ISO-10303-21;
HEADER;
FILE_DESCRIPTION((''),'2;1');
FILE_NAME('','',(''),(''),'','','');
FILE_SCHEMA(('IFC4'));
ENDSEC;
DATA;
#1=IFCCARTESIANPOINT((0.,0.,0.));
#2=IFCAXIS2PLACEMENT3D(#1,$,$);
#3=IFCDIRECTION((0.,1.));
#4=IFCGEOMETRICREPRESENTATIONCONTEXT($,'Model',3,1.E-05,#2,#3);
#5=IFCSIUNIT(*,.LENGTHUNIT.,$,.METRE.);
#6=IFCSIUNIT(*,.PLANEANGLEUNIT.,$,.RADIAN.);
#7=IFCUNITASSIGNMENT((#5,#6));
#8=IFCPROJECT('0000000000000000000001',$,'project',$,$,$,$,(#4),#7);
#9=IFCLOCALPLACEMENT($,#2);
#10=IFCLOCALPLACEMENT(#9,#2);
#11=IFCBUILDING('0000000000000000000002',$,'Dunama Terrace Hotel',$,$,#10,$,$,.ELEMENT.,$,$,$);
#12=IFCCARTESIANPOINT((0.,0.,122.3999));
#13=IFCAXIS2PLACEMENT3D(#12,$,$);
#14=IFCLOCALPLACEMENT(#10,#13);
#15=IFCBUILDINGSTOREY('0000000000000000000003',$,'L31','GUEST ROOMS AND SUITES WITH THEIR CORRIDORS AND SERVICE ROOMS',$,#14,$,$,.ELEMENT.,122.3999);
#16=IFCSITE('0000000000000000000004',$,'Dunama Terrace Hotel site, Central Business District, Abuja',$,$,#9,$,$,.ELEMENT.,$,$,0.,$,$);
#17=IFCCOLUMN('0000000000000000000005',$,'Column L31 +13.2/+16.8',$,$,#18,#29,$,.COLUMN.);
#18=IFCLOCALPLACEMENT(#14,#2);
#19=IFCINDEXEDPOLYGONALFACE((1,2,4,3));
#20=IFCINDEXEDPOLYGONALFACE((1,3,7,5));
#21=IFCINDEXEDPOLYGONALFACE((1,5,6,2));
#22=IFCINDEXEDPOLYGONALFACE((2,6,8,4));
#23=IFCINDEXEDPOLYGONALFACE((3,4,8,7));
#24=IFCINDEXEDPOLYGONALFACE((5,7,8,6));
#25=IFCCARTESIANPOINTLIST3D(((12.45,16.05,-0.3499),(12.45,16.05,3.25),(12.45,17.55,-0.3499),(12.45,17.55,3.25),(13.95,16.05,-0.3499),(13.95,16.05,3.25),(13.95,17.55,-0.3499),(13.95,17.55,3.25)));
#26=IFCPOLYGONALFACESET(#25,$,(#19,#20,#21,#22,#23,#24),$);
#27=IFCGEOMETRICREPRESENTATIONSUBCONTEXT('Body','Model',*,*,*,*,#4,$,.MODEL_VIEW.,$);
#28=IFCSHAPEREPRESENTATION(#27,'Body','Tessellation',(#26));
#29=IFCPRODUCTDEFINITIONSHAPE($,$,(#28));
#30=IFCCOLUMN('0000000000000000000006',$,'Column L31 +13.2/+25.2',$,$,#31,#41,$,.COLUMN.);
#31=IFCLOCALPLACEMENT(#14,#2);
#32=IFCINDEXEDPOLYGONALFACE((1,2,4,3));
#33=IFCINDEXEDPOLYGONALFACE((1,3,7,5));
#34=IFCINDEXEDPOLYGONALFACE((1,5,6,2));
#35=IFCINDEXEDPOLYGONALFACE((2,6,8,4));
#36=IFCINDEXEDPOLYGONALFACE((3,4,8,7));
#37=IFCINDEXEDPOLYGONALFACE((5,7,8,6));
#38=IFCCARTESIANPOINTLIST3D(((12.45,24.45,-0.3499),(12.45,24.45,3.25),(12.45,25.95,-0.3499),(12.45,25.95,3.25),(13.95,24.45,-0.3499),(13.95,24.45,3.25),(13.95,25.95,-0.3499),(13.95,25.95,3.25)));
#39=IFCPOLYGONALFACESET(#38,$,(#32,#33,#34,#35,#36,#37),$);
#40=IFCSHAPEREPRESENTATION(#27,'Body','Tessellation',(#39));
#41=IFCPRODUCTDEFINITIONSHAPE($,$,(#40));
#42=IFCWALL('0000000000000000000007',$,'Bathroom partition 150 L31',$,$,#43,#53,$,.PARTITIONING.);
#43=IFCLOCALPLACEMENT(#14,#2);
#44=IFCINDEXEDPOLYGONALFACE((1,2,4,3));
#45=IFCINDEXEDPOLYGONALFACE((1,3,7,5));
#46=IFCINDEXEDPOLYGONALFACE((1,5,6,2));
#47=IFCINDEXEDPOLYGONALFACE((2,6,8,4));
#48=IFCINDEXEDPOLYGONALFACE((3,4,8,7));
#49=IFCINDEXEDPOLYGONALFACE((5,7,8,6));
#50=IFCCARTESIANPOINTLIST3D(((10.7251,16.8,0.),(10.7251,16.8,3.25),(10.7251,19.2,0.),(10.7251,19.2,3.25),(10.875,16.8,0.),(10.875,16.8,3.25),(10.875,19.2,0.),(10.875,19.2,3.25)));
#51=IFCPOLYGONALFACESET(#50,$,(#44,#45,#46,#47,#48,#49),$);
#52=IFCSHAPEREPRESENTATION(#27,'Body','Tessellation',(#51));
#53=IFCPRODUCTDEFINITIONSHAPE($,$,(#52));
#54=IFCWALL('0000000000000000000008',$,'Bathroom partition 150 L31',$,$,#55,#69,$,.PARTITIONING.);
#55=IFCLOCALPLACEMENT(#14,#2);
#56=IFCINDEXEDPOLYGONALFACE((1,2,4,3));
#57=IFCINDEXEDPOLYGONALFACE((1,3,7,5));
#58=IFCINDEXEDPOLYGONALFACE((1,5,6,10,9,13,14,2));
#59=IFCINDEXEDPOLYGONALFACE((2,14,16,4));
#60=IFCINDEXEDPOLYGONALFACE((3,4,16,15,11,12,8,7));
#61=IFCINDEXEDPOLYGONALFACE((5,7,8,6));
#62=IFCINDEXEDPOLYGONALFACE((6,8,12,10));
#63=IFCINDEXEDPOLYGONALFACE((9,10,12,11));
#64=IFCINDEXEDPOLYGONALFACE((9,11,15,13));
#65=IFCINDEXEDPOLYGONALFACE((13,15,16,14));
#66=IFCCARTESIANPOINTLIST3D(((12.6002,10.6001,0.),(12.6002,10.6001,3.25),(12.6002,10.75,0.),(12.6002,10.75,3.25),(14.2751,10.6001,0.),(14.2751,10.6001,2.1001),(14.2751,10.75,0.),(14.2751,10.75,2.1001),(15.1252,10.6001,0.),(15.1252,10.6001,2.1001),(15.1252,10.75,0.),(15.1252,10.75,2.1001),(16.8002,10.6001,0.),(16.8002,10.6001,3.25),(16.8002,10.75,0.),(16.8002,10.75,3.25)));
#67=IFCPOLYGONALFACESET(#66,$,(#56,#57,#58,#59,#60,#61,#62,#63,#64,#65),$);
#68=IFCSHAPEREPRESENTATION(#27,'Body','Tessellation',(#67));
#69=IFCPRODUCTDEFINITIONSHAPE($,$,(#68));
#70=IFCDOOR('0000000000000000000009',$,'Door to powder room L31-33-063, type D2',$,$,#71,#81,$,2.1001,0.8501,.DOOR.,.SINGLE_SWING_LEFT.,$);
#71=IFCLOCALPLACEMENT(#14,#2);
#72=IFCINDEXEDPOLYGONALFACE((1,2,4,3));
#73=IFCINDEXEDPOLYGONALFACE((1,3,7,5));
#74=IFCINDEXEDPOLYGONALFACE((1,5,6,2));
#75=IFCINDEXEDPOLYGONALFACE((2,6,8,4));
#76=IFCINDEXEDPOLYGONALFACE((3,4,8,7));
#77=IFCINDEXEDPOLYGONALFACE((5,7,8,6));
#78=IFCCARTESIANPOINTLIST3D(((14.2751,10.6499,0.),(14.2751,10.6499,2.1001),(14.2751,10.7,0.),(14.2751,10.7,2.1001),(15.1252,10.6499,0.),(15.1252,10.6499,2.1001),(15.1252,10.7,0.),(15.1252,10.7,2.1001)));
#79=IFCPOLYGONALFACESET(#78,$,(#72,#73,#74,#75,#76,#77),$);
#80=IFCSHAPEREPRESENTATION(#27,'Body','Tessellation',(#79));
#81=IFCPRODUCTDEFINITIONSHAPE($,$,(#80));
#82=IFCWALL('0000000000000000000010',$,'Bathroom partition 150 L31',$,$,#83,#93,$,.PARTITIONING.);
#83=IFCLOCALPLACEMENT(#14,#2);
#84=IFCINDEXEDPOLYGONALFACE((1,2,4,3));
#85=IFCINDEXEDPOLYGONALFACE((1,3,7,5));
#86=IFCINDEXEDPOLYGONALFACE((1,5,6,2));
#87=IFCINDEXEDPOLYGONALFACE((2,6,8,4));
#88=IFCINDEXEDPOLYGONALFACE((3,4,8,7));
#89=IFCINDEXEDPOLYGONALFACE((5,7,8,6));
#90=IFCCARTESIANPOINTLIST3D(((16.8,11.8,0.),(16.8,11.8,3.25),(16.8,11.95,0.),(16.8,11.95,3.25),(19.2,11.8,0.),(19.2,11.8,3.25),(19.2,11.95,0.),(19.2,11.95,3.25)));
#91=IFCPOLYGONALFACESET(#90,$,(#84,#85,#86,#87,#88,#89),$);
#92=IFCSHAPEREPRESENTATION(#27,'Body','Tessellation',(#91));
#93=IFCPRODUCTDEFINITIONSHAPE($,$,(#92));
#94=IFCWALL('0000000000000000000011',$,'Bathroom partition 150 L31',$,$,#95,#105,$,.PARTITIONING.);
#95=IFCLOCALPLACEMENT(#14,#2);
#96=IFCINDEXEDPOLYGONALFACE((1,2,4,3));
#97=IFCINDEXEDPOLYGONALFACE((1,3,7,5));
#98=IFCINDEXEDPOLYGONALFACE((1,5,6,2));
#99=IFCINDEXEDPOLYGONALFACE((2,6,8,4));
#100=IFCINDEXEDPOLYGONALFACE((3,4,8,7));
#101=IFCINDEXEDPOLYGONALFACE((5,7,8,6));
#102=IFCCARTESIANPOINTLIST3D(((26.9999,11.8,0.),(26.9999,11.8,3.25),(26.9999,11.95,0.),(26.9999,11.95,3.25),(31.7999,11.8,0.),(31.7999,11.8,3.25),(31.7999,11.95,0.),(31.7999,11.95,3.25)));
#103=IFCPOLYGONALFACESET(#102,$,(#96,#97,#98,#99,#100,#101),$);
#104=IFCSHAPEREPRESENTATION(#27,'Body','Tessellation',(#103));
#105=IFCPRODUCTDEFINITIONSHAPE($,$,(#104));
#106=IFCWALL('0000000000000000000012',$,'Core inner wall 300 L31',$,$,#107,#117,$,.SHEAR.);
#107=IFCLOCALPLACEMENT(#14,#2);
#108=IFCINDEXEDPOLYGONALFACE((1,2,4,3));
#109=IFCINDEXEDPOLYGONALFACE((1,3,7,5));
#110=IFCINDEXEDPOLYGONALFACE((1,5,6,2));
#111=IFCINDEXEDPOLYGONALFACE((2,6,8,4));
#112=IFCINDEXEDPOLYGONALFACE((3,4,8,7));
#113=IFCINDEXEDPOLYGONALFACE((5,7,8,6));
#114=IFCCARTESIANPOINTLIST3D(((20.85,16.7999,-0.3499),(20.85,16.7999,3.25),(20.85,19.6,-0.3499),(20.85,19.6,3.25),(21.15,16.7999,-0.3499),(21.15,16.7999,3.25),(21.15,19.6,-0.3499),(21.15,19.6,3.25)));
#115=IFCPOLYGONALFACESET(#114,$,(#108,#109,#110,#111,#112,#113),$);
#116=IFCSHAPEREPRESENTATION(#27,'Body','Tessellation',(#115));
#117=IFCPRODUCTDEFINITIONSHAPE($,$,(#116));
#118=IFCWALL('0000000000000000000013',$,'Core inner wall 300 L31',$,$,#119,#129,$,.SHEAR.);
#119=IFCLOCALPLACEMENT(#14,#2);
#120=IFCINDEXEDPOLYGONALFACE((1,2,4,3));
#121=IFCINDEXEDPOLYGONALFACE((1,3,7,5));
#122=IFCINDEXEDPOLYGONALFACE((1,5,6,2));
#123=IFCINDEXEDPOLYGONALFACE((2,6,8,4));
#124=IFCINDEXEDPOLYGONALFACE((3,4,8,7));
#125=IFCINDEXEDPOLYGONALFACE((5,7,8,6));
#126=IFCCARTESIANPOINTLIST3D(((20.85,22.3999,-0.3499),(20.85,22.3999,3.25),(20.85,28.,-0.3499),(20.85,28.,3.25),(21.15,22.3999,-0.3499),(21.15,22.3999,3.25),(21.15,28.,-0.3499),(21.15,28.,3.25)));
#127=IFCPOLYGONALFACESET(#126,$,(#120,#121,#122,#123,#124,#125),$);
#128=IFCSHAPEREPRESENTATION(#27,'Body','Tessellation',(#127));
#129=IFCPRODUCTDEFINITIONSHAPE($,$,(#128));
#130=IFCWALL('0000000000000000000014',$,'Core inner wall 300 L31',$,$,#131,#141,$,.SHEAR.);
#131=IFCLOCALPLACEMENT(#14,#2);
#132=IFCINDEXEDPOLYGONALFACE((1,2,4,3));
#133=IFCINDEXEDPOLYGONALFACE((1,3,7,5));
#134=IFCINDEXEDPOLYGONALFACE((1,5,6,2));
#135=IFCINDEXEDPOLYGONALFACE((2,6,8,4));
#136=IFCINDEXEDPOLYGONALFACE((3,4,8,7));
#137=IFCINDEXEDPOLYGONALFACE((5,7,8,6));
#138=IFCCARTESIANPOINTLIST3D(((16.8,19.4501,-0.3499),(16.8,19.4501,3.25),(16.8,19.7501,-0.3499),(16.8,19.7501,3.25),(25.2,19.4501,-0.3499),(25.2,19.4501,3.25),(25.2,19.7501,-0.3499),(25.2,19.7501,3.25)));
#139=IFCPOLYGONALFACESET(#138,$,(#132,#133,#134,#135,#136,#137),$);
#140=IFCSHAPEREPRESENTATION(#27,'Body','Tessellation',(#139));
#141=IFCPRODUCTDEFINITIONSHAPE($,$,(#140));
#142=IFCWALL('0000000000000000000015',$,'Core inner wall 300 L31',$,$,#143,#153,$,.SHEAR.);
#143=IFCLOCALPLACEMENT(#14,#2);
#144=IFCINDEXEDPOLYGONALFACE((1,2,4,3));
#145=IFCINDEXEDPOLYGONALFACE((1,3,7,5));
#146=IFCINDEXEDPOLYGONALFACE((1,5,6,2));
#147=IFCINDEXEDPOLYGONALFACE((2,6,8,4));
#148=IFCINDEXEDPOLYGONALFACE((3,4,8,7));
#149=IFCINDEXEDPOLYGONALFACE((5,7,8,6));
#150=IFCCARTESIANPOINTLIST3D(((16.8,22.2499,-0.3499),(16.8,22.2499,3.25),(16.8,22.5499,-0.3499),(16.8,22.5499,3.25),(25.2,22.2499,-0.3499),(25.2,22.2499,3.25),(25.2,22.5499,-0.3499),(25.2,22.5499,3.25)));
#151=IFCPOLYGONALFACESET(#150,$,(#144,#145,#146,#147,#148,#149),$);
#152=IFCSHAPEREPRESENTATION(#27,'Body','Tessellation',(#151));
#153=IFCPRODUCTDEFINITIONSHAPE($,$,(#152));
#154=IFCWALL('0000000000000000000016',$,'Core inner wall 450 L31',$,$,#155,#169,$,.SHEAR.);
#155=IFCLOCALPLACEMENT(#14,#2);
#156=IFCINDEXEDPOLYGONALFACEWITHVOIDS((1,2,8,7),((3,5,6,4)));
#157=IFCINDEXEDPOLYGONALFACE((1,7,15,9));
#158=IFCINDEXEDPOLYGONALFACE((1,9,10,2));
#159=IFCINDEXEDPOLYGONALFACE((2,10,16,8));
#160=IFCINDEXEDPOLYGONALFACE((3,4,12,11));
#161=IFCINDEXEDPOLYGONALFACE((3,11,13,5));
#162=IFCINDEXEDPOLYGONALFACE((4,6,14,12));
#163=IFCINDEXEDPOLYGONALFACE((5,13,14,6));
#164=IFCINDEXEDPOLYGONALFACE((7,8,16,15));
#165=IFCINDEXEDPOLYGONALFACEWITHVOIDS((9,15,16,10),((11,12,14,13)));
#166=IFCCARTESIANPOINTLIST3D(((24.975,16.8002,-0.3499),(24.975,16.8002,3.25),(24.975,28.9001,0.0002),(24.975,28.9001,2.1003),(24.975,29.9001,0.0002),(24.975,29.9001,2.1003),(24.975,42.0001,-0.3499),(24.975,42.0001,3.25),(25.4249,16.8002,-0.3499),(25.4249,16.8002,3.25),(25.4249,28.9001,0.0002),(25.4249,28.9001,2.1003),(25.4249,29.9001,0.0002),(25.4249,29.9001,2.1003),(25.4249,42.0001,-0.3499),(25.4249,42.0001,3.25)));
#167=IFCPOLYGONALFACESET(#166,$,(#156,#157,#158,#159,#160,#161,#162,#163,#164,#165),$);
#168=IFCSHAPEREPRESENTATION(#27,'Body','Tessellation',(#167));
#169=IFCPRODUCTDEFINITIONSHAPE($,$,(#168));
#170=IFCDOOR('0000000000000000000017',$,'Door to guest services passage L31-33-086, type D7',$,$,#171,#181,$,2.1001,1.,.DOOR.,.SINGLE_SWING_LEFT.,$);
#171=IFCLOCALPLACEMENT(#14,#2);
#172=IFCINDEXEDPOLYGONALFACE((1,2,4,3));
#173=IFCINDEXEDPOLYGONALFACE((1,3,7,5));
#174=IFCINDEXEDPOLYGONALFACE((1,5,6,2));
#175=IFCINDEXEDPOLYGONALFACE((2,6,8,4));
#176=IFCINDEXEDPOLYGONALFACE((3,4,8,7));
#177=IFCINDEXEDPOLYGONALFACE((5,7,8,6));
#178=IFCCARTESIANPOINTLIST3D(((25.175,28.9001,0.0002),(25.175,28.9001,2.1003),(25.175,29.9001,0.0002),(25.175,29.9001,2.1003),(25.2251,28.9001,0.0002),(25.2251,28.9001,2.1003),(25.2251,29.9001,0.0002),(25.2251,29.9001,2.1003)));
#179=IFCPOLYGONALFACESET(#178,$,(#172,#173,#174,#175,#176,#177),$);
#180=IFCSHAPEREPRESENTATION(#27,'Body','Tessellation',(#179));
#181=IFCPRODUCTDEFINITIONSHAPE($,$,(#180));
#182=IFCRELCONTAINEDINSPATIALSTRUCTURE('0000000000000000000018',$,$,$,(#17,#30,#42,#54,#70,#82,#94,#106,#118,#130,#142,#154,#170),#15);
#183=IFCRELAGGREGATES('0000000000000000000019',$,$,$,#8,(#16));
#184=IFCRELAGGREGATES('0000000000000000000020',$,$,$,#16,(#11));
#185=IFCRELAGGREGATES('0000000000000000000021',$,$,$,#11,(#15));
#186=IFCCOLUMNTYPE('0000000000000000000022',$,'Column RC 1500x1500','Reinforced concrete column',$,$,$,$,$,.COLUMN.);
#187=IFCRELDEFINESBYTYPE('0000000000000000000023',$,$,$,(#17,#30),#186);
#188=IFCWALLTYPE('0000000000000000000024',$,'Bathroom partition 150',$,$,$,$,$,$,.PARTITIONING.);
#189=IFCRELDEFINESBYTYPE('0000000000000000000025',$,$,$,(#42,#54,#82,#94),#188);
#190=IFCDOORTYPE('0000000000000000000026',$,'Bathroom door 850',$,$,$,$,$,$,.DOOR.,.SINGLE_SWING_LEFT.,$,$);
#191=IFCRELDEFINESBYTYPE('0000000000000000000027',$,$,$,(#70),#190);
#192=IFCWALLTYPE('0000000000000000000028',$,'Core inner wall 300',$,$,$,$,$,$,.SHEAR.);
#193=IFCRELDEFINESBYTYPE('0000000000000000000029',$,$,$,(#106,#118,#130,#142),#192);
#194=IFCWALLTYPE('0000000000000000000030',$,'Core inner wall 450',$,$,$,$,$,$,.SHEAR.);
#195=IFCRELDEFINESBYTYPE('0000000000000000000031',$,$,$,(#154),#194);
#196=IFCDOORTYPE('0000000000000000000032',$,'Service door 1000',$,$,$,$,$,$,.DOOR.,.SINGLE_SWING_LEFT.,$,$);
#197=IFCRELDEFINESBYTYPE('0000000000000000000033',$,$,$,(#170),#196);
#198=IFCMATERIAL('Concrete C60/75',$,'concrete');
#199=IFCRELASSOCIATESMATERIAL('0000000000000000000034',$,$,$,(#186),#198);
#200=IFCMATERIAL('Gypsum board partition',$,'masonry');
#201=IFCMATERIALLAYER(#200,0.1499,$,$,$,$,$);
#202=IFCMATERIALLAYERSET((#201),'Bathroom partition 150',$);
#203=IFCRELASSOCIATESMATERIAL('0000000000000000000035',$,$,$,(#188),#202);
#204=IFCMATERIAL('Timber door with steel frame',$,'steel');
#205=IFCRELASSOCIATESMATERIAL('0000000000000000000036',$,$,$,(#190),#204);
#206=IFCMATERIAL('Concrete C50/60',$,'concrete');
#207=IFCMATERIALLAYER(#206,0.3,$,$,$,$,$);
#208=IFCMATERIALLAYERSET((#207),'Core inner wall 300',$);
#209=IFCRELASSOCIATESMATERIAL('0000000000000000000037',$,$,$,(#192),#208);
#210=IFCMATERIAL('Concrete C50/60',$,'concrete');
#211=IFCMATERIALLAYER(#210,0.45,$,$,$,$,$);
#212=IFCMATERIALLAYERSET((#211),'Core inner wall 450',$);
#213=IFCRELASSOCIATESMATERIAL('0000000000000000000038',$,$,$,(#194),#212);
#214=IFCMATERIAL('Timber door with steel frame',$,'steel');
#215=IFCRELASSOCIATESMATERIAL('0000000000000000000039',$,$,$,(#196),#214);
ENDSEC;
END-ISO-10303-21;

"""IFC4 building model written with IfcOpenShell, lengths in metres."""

from ifc_helpers import new_model, si_unit, direction, frame, frame_2d, origin, origin_2d, place, context, subcontext, project, spatial, rectangle, extrude, material, layer, layer_set, material_profile, profile_set, type_object, element, fill, save


model = new_model("IFC4")

# Units and contexts
model_context = context("Model", 3, precision=1e-05, world=origin(), true_north=direction((0.0, 1.0)))
body_context = subcontext(model_context, "Body", "Model", "MODEL_VIEW")
ifc_project = project(units=[si_unit("LENGTHUNIT", "METRE"), si_unit("PLANEANGLEUNIT", "RADIAN")], contexts=[model_context])

# Site, building, storey
site_placement = place(None, origin())
site = spatial("IfcSite", under=ifc_project, at=site_placement, Name="Dunama Terrace Hotel site, Central Business District, Abuja", CompositionType="ELEMENT", RefElevation=0.0)
building_placement = place(site_placement, origin())
building = spatial("IfcBuilding", under=site, at=building_placement, Name="Dunama Terrace Hotel", CompositionType="ELEMENT")
storey_placement = place(building_placement, frame((0.0, 0.0, 122.3999)))
storey = spatial("IfcBuildingStorey", under=building, at=storey_placement, Name="L31", Description="GUEST ROOMS AND SUITES WITH THEIR CORRIDORS AND SERVICE ROOMS", CompositionType="ELEMENT", Elevation=122.3999)

# Columns
ifc_material_1 = material(Name="Concrete C60/75", Category="concrete")
ifc_material_profile = material_profile(ifc_material_1, rectangle(XDim=1.5, YDim=1.5, at=origin_2d()), Name="RC 1500x1500")
ifc_profile_set = profile_set([ifc_material_profile], Name="Concrete C60/75")
column_type = type_object("IfcColumnType", Name="Column RC 1500x1500", Description="Reinforced concrete column", PredefinedType="COLUMN", material=ifc_profile_set)
for number, where, z_axis, x_axis, name in (
    (1, (13.2, 16.8, -0.3499), (0.0, 0.0, 1.0), (1.0, 0.0, 0.0), "Column L31 +13.2/+16.8"),
    (2, (13.2, 25.2, -0.3499), (0.0, 0.0, 1.0), (1.0, 0.0, 0.0), "Column L31 +13.2/+25.2"),
):
    element("IfcColumn", number, at=place(storey_placement, frame(where, z_axis=z_axis, x_axis=x_axis)), inside=storey, type_object=column_type, Name=name, PredefinedType="COLUMN", context=body_context, shape_type="SweptSolid", body=[
        extrude(rectangle(XDim=1.5, YDim=1.5, at=origin_2d()), origin(), (0.0, 0.0, 1.0), 3.5999),
    ])

# Wall
ifc_material_2 = material(Name="Gypsum board partition", Category="masonry")
ifc_layer_1 = layer(ifc_material_2, 0.1499)
ifc_layer_set_1 = layer_set([ifc_layer_1], Name="Bathroom partition 150")
wall_type_1 = type_object("IfcWallType", Name="Bathroom partition 150", PredefinedType="PARTITIONING", material=ifc_layer_set_1)
wall_1_placement = place(storey_placement, frame((10.8, 16.8, 0.0), z_axis=(0.0, 0.0, 1.0), x_axis=(0.0, 1.0, 0.0)))
element("IfcWall", 3, at=wall_1_placement, inside=storey, type_object=wall_type_1, Name="Bathroom partition 150 L31", PredefinedType="PARTITIONING", context=body_context, shape_type="SweptSolid", body=[
    extrude(rectangle(XDim=2.3999, YDim=0.1499, at=frame_2d((1.2, 0.0))), origin(), (0.0, 0.0, 1.0), 3.25),
])

# Wall, opening, door
wall_2_placement = place(storey_placement, frame((12.6001, 10.675, 0.0), z_axis=(0.0, 0.0, 1.0), x_axis=(1.0, 0.0, 0.0)))
wall_2 = element("IfcWall", 4, at=wall_2_placement, inside=storey, type_object=wall_type_1, Name="Bathroom partition 150 L31", PredefinedType="PARTITIONING", context=body_context, shape_type="SweptSolid", body=[
    extrude(rectangle(XDim=4.2, YDim=0.1499, at=frame_2d((2.1001, 0.0))), origin(), (0.0, 0.0, 1.0), 3.25),
])
opening_1_placement = place(wall_2_placement, frame((1.675, 0.0, 0.0)))
opening_1 = element("IfcOpeningElement", 5, at=opening_1_placement, cuts=wall_2, PredefinedType="OPENING", context=body_context, shape_type="SweptSolid", body=[
    extrude(rectangle(XDim=0.8501, YDim=2.1001, at=frame_2d((0.425, 1.05))), frame((0.0, 0.085, 0.0), z_axis=(0.0, -1.0, 0.0), x_axis=(1.0, 0.0, 0.0)), (0.0, 0.0, 1.0), 0.1699),
])
ifc_material_3 = material(Name="Timber door with steel frame", Category="steel")
door_type_1 = type_object("IfcDoorType", Name="Bathroom door 850", OperationType="SINGLE_SWING_LEFT", PredefinedType="DOOR", material=ifc_material_3)
door_1_placement = place(opening_1_placement, origin())
door_1 = element("IfcDoor", 6, at=door_1_placement, inside=storey, type_object=door_type_1, Name="Door to powder room L31-33-063, type D2", OperationType="SINGLE_SWING_LEFT", OverallHeight=2.1001, OverallWidth=0.8501, PredefinedType="DOOR", context=body_context, shape_type="SweptSolid", body=[
    extrude(rectangle(XDim=0.8501, YDim=2.1001, at=frame_2d((0.425, 1.05))), frame((0.0, 0.0249, 0.0), z_axis=(0.0, -1.0, 0.0), x_axis=(1.0, 0.0, 0.0)), (0.0, 0.0, 1.0), 0.05),
])
fill(opening_1, door_1)

# Walls
wall_3_placement = place(storey_placement, frame((16.8, 11.875, 0.0), z_axis=(0.0, 0.0, 1.0), x_axis=(1.0, 0.0, 0.0)))
element("IfcWall", 7, at=wall_3_placement, inside=storey, type_object=wall_type_1, Name="Bathroom partition 150 L31", PredefinedType="PARTITIONING", context=body_context, shape_type="SweptSolid", body=[
    extrude(rectangle(XDim=2.3999, YDim=0.1499, at=frame_2d((1.2, 0.0))), origin(), (0.0, 0.0, 1.0), 3.25),
])
wall_4_placement = place(storey_placement, frame((27.0, 11.875, 0.0), z_axis=(0.0, 0.0, 1.0), x_axis=(1.0, 0.0, 0.0)))
element("IfcWall", 8, at=wall_4_placement, inside=storey, type_object=wall_type_1, Name="Bathroom partition 150 L31", PredefinedType="PARTITIONING", context=body_context, shape_type="SweptSolid", body=[
    extrude(rectangle(XDim=4.8, YDim=0.1499, at=frame_2d((2.3999, 0.0))), origin(), (0.0, 0.0, 1.0), 3.25),
])
ifc_material_4 = material(Name="Concrete C50/60", Category="concrete")
ifc_layer_2 = layer(ifc_material_4, 0.3)
ifc_layer_set_2 = layer_set([ifc_layer_2], Name="Core inner wall 300")
wall_type_2 = type_object("IfcWallType", Name="Core inner wall 300", PredefinedType="SHEAR", material=ifc_layer_set_2)
wall_5_placement = place(storey_placement, frame((21.0, 16.8, -0.3499), z_axis=(0.0, 0.0, 1.0), x_axis=(0.0, 1.0, 0.0)))
element("IfcWall", 9, at=wall_5_placement, inside=storey, type_object=wall_type_2, Name="Core inner wall 300 L31", PredefinedType="SHEAR", context=body_context, shape_type="SweptSolid", body=[
    extrude(rectangle(XDim=2.8, YDim=0.3, at=frame_2d((1.3999, 0.0))), origin(), (0.0, 0.0, 1.0), 3.5999),
])
wall_6_placement = place(storey_placement, frame((21.0, 22.3999, -0.3499), z_axis=(0.0, 0.0, 1.0), x_axis=(0.0, 1.0, 0.0)))
element("IfcWall", 10, at=wall_6_placement, inside=storey, type_object=wall_type_2, Name="Core inner wall 300 L31", PredefinedType="SHEAR", context=body_context, shape_type="SweptSolid", body=[
    extrude(rectangle(XDim=5.6001, YDim=0.3, at=frame_2d((2.8, 0.0))), origin(), (0.0, 0.0, 1.0), 3.5999),
])
for number, where, z_axis, x_axis, name in (
    (11, (16.8, 19.6001, -0.3499), (0.0, 0.0, 1.0), (1.0, 0.0, 0.0), "Core inner wall 300 L31"),
    (12, (16.8, 22.3999, -0.3499), (0.0, 0.0, 1.0), (1.0, 0.0, 0.0), "Core inner wall 300 L31"),
):
    element("IfcWall", number, at=place(storey_placement, frame(where, z_axis=z_axis, x_axis=x_axis)), inside=storey, type_object=wall_type_2, Name=name, PredefinedType="SHEAR", context=body_context, shape_type="SweptSolid", body=[
        extrude(rectangle(XDim=8.3999, YDim=0.3, at=frame_2d((4.2, 0.0))), origin(), (0.0, 0.0, 1.0), 3.5999),
    ])

# Wall, opening, door
ifc_material_5 = material(Name="Concrete C50/60", Category="concrete")
ifc_layer_3 = layer(ifc_material_5, 0.45)
ifc_layer_set_3 = layer_set([ifc_layer_3], Name="Core inner wall 450")
wall_type_3 = type_object("IfcWallType", Name="Core inner wall 450", PredefinedType="SHEAR", material=ifc_layer_set_3)
wall_7_placement = place(storey_placement, frame((25.2, 16.8, -0.3499), z_axis=(0.0, 0.0, 1.0), x_axis=(0.0, 1.0, 0.0)))
wall_7 = element("IfcWall", 13, at=wall_7_placement, inside=storey, type_object=wall_type_3, Name="Core inner wall 450 L31", PredefinedType="SHEAR", context=body_context, shape_type="SweptSolid", body=[
    extrude(rectangle(XDim=25.2, YDim=0.45, at=frame_2d((12.6001, 0.0))), origin(), (0.0, 0.0, 1.0), 3.5999),
])
opening_2_placement = place(wall_7_placement, frame((12.1001, 0.0, 0.3501)))
opening_2 = element("IfcOpeningElement", 14, at=opening_2_placement, cuts=wall_7, PredefinedType="OPENING", context=body_context, shape_type="SweptSolid", body=[
    extrude(rectangle(XDim=1.0, YDim=2.1001, at=frame_2d((0.5, 1.05))), frame((0.0, 0.2349, 0.0), z_axis=(0.0, -1.0, 0.0), x_axis=(1.0, 0.0, 0.0)), (0.0, 0.0, 1.0), 0.47),
])
ifc_material_6 = material(Name="Timber door with steel frame", Category="steel")
door_type_2 = type_object("IfcDoorType", Name="Service door 1000", OperationType="SINGLE_SWING_LEFT", PredefinedType="DOOR", material=ifc_material_6)
door_2_placement = place(opening_2_placement, origin())
door_2 = element("IfcDoor", 15, at=door_2_placement, inside=storey, type_object=door_type_2, Name="Door to guest services passage L31-33-086, type D7", OperationType="SINGLE_SWING_LEFT", OverallHeight=2.1001, OverallWidth=1.0, PredefinedType="DOOR", context=body_context, shape_type="SweptSolid", body=[
    extrude(rectangle(XDim=1.0, YDim=2.1001, at=frame_2d((0.5, 1.05))), frame((0.0, 0.0249, 0.0), z_axis=(0.0, -1.0, 0.0), x_axis=(1.0, 0.0, 0.0)), (0.0, 0.0, 1.0), 0.05),
])
fill(opening_2, door_2)

save(model, "model.ifc")
